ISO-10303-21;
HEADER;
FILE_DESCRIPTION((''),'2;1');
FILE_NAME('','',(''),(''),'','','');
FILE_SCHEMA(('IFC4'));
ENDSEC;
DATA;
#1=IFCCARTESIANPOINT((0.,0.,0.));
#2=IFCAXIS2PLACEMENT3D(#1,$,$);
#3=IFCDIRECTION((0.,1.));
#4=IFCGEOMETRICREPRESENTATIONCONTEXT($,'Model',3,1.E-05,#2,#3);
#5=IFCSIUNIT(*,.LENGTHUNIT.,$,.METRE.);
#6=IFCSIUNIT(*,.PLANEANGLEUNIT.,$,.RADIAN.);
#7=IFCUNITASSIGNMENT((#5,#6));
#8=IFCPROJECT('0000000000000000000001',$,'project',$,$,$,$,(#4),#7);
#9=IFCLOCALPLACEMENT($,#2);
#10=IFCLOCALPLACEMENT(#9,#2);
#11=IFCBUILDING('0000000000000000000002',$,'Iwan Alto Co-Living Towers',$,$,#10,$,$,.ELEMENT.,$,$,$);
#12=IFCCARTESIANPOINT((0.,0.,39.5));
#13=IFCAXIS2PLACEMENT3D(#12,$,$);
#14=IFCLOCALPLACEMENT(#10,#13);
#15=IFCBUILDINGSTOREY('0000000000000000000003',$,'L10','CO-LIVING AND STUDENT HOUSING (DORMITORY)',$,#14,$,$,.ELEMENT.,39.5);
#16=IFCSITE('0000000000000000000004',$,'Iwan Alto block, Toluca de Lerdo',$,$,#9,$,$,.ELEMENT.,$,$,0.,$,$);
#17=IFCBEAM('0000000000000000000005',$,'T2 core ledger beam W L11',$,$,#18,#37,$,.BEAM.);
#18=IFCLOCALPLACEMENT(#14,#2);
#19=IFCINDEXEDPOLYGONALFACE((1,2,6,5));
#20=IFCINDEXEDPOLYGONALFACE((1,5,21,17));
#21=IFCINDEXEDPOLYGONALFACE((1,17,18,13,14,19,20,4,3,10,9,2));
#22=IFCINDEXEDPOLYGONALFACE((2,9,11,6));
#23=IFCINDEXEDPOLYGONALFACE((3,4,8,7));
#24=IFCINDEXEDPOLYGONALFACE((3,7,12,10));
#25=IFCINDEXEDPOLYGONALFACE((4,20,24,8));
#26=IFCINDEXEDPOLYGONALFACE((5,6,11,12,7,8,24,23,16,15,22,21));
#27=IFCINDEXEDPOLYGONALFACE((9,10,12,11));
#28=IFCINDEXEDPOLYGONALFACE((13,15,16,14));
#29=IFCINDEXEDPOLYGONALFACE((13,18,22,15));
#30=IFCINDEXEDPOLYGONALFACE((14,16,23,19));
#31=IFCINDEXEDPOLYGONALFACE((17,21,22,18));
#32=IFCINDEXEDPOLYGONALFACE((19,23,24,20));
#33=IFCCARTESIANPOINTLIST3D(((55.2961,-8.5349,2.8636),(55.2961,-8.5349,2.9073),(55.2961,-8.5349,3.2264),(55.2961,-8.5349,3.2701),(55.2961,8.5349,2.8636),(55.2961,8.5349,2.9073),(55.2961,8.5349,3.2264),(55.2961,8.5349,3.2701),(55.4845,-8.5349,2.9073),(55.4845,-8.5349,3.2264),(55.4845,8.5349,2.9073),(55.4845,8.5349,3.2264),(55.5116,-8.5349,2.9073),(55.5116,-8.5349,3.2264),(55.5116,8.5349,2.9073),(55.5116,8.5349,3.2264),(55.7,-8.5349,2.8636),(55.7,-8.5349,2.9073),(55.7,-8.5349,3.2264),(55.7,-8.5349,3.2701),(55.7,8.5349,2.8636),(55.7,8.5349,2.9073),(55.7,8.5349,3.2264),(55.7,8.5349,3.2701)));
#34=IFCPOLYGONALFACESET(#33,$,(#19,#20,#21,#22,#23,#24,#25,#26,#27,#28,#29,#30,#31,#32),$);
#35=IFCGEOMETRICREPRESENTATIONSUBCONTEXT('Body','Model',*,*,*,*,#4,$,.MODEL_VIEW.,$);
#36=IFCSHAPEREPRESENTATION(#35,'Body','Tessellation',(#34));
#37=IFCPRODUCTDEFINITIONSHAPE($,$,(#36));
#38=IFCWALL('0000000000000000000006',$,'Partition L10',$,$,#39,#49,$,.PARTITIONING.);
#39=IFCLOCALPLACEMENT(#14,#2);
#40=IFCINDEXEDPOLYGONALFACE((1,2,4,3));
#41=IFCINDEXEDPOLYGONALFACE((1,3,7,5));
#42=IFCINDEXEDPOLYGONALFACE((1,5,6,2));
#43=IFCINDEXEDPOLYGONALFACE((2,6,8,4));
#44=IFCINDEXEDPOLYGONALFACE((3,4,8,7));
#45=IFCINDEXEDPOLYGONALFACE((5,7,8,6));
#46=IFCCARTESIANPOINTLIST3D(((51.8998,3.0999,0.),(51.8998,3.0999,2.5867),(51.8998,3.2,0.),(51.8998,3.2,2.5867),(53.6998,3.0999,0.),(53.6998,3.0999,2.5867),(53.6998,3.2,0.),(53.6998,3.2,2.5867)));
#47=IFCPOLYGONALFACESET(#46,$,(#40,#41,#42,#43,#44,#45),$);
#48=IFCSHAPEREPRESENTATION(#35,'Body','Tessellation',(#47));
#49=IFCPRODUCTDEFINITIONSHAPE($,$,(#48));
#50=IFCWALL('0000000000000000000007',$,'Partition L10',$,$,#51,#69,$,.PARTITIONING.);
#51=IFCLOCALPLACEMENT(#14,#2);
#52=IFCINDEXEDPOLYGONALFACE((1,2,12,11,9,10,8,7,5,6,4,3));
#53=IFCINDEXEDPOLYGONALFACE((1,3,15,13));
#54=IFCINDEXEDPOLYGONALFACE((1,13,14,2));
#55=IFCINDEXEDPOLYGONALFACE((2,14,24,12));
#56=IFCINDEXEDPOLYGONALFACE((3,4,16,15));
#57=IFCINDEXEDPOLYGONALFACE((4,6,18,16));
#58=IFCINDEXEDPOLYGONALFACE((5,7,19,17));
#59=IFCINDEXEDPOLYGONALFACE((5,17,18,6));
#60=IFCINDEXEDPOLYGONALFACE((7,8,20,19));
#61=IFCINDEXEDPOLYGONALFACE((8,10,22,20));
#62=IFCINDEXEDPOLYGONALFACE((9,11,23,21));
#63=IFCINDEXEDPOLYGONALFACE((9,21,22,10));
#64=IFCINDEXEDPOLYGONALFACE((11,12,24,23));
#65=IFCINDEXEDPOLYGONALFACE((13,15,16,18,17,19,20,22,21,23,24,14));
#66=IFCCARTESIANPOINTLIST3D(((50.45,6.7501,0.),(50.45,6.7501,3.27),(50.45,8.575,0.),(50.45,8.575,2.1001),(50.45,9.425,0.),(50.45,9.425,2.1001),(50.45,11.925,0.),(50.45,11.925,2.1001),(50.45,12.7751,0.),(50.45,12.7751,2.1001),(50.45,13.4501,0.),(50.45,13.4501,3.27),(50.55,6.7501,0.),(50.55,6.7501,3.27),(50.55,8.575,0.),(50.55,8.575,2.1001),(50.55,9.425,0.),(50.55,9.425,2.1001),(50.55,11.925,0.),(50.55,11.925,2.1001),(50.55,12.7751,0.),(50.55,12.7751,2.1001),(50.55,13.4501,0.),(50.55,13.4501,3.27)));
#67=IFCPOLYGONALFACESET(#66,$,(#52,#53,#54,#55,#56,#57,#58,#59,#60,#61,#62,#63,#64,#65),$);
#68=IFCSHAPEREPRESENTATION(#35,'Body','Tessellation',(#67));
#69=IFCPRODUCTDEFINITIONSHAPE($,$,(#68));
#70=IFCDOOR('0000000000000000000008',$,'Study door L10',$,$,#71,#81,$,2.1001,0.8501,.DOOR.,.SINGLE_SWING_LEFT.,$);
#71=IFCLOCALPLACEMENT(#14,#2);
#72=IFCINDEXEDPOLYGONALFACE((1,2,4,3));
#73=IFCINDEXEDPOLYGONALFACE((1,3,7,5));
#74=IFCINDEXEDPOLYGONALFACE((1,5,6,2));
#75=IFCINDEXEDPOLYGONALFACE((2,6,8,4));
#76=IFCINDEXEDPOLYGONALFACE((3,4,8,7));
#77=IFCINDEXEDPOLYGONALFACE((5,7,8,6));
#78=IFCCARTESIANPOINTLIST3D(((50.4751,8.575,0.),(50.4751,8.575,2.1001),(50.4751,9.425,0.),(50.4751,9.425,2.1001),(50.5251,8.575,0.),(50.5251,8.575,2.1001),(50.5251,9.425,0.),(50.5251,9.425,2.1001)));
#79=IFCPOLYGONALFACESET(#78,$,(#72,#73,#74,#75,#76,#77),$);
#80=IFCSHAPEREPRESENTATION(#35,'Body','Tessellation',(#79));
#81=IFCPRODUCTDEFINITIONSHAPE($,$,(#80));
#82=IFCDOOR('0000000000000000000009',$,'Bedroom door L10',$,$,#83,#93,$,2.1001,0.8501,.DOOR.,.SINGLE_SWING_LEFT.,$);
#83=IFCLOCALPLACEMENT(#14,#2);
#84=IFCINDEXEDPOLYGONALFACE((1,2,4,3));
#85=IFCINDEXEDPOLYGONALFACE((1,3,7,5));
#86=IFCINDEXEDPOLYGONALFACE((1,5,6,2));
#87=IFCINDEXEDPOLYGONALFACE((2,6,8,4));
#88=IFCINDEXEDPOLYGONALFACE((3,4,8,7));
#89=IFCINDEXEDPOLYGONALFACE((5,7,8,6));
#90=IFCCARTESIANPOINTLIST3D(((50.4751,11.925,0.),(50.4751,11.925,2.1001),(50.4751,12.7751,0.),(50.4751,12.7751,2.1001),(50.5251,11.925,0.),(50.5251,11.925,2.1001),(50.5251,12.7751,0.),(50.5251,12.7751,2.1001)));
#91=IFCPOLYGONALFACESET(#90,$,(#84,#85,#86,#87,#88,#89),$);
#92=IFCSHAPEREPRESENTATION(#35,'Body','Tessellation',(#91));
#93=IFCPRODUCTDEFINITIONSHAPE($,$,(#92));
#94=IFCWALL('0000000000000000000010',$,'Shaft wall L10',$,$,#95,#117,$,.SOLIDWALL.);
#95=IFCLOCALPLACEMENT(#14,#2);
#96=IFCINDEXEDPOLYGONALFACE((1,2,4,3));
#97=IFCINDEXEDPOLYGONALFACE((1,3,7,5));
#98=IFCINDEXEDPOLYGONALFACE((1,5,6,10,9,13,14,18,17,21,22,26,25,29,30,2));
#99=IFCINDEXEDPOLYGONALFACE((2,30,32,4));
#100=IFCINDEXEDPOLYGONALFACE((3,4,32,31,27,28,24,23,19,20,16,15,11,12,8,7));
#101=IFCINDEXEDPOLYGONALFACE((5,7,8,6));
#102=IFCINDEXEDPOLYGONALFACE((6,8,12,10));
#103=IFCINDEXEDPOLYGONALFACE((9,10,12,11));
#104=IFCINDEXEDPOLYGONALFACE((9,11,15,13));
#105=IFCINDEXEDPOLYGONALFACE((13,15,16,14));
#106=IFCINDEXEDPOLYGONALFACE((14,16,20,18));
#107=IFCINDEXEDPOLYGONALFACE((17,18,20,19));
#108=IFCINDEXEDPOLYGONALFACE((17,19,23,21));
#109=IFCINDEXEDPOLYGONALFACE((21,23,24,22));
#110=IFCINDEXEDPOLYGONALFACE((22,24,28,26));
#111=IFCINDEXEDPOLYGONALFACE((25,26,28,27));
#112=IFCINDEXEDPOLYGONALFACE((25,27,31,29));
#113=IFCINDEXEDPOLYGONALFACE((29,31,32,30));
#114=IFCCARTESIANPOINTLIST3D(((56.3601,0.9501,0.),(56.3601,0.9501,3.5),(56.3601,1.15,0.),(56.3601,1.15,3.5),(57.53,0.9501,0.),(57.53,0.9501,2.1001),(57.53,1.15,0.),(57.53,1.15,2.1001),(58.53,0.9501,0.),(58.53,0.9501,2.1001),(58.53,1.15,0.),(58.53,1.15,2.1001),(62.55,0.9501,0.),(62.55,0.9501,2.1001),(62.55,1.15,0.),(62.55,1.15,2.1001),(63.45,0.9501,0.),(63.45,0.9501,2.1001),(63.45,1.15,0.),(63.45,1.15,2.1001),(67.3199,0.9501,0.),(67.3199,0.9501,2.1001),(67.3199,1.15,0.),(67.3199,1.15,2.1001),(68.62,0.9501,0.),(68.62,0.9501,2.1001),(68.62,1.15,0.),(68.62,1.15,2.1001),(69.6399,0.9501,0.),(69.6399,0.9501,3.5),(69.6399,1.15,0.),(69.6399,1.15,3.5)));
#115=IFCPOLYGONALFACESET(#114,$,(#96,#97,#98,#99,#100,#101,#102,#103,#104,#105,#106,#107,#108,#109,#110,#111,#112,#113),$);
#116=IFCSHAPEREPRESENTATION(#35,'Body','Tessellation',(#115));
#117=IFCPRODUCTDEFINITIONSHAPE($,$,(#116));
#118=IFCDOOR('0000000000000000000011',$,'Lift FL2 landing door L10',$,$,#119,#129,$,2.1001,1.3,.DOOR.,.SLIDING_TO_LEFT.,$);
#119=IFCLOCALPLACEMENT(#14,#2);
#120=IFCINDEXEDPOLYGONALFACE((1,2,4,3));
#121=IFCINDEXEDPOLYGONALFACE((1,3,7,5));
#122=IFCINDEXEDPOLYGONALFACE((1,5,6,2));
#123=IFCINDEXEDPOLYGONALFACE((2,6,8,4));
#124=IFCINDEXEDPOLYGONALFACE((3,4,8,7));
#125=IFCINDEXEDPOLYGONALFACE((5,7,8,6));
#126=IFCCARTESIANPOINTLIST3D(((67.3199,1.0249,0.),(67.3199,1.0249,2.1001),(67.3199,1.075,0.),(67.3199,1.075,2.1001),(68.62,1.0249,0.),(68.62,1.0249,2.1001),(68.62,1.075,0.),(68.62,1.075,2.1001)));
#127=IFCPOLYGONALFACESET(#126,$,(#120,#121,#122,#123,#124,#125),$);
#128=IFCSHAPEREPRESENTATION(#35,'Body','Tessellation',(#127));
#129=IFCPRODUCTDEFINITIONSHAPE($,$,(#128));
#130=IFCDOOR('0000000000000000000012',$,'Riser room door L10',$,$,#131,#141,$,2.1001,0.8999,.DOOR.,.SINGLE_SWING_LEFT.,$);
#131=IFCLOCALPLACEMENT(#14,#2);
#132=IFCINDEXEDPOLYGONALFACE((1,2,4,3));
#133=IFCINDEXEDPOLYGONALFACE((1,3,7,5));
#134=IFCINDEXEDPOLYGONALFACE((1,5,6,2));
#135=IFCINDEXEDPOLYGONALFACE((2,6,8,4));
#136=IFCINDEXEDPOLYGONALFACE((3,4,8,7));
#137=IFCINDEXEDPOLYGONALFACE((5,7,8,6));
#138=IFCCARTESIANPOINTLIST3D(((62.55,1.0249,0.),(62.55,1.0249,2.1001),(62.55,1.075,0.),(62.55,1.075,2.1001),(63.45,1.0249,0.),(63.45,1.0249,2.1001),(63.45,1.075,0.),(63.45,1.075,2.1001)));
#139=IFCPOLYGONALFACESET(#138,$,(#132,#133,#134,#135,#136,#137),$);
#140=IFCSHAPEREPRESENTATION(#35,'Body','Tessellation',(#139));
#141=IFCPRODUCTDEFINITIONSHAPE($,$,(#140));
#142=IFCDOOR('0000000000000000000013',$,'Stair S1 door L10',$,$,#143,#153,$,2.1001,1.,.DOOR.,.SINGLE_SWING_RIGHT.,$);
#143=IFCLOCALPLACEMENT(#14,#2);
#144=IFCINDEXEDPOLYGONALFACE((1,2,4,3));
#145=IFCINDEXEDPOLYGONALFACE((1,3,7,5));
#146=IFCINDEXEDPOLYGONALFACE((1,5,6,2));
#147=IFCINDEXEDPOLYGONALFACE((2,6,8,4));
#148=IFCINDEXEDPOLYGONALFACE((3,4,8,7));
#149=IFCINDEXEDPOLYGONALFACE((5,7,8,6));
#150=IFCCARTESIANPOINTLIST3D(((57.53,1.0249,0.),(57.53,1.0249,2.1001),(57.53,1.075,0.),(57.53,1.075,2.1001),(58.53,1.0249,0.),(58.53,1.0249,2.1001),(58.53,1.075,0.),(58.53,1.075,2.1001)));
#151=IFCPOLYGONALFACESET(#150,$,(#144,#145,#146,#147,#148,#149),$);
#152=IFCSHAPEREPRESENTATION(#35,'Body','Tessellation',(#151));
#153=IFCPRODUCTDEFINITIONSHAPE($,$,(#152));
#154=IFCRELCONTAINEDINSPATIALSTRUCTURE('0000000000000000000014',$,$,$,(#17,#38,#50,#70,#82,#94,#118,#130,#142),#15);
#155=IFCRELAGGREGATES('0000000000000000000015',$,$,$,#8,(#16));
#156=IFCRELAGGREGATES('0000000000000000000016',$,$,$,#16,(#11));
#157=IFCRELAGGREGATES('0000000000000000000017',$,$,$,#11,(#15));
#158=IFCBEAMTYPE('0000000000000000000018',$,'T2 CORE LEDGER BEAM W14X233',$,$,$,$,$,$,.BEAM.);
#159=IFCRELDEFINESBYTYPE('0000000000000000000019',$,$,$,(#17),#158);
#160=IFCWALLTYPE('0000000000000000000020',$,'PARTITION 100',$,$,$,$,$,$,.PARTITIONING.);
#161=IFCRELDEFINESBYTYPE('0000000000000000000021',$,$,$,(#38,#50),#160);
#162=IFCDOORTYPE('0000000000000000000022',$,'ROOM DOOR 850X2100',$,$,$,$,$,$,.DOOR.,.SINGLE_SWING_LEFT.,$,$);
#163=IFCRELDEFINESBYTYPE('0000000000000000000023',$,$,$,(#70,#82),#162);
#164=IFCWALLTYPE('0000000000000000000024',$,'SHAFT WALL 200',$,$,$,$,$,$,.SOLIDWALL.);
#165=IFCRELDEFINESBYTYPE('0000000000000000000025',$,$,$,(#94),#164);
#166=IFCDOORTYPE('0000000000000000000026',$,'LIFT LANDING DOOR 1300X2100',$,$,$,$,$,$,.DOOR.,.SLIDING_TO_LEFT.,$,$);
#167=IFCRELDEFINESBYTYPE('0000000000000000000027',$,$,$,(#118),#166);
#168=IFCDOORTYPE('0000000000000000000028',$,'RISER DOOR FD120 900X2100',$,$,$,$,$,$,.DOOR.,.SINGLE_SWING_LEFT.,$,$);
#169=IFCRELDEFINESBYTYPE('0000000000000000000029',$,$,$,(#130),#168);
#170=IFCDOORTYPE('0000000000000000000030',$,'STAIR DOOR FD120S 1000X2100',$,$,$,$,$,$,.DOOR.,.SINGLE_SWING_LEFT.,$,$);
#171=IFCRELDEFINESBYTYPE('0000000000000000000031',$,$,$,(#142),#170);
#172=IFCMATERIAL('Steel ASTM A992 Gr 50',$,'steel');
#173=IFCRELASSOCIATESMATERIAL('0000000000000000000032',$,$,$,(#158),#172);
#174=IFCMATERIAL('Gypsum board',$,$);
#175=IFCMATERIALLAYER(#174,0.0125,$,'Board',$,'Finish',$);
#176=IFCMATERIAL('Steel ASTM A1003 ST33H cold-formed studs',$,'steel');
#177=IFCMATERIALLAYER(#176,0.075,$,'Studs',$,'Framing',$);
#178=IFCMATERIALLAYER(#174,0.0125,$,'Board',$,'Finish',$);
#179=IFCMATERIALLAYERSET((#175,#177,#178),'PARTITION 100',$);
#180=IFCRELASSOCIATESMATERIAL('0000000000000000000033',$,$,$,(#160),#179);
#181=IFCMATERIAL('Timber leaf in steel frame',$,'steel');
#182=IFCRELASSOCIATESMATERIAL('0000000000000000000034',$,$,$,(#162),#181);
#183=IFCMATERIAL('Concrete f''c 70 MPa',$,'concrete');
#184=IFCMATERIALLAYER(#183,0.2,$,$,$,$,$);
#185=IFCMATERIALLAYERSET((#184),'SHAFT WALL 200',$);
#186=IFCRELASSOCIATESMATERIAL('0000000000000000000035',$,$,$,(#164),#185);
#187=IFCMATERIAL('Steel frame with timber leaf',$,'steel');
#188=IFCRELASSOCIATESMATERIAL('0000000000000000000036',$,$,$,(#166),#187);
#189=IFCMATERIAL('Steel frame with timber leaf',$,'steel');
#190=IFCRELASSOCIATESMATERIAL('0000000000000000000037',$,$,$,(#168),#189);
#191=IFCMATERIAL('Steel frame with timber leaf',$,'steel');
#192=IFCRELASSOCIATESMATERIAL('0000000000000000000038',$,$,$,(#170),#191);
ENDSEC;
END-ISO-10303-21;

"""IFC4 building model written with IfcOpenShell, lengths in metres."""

from ifc_helpers import new_model, si_unit, direction, frame, frame_2d, origin, origin_2d, place, context, subcontext, project, spatial, rectangle, i_section, extrude, material, layer, layer_set, material_profile, profile_set, type_object, element, fill, save


model = new_model("IFC4")

# Units and contexts
model_context = context("Model", 3, precision=1e-05, world=origin(), true_north=direction((0.0, 1.0)))
body_context = subcontext(model_context, "Body", "Model", "MODEL_VIEW")
ifc_project = project(units=[si_unit("LENGTHUNIT", "METRE"), si_unit("PLANEANGLEUNIT", "RADIAN")], contexts=[model_context])

# Site, building, storey
site_placement = place(None, origin())
site = spatial("IfcSite", under=ifc_project, at=site_placement, Name="Iwan Alto block, Toluca de Lerdo", CompositionType="ELEMENT", RefElevation=0.0)
building_placement = place(site_placement, origin())
building = spatial("IfcBuilding", under=site, at=building_placement, Name="Iwan Alto Co-Living Towers", CompositionType="ELEMENT")
storey_placement = place(building_placement, frame((0.0, 0.0, 39.5)))
storey = spatial("IfcBuildingStorey", under=building, at=storey_placement, Name="L10", Description="CO-LIVING AND STUDENT HOUSING (DORMITORY)", CompositionType="ELEMENT", Elevation=39.5)

# Beam
ifc_material_1 = material(Name="Steel ASTM A992 Gr 50", Category="steel")
ifc_material_profile = material_profile(ifc_material_1, i_section(OverallWidth=0.4038, OverallDepth=0.4065, WebThickness=0.0271, FlangeThickness=0.0437, at=origin_2d()), Name="W14X233")
ifc_profile_set = profile_set([ifc_material_profile], Name="Steel ASTM A992 Gr 50")
beam_type = type_object("IfcBeamType", Name="T2 CORE LEDGER BEAM W14X233", PredefinedType="BEAM", material=ifc_profile_set)
beam_placement = place(storey_placement, frame((55.498, 8.5349, 3.0669), z_axis=(0.0, -1.0, 0.0), x_axis=(1.0, 0.0, 0.0)))
element("IfcBeam", 1, at=beam_placement, inside=storey, type_object=beam_type, Name="T2 core ledger beam W L11", PredefinedType="BEAM", context=body_context, shape_type="SweptSolid", body=[
    extrude(i_section(OverallWidth=0.4038, OverallDepth=0.4065, WebThickness=0.0271, FlangeThickness=0.0437, at=origin_2d()), origin(), (0.0, 0.0, 1.0), 17.0698),
])

# Wall
ifc_material_2 = material(Name="Gypsum board")
ifc_layer_1 = layer(ifc_material_2, 0.0125, Name="Board", Category="Finish")
ifc_material_3 = material(Name="Steel ASTM A1003 ST33H cold-formed studs", Category="steel")
ifc_layer_2 = layer(ifc_material_3, 0.075, Name="Studs", Category="Framing")
ifc_layer_3 = layer(ifc_material_2, 0.0125, Name="Board", Category="Finish")
ifc_layer_set_1 = layer_set([ifc_layer_1, ifc_layer_2, ifc_layer_3], Name="PARTITION 100")
wall_type_1 = type_object("IfcWallType", Name="PARTITION 100", PredefinedType="PARTITIONING", material=ifc_layer_set_1)
wall_1_placement = place(storey_placement, frame((51.8999, 3.1499, 0.0), z_axis=(0.0, 0.0, 1.0), x_axis=(1.0, 0.0, 0.0)))
element("IfcWall", 2, at=wall_1_placement, inside=storey, type_object=wall_type_1, Name="Partition L10", PredefinedType="PARTITIONING", context=body_context, shape_type="SweptSolid", body=[
    extrude(rectangle(XDim=1.8, YDim=0.1001, at=frame_2d((0.8999, 0.0))), origin(), (0.0, 0.0, 1.0), 2.5867),
])

# Walls, openings, doors
wall_2_placement = place(storey_placement, frame((50.5, 6.75, 0.0), z_axis=(0.0, 0.0, 1.0), x_axis=(0.0, 1.0, 0.0)))
wall_2 = element("IfcWall", 3, at=wall_2_placement, inside=storey, type_object=wall_type_1, Name="Partition L10", PredefinedType="PARTITIONING", context=body_context, shape_type="SweptSolid", body=[
    extrude(rectangle(XDim=6.7, YDim=0.1001, at=frame_2d((3.3501, 0.0))), origin(), (0.0, 0.0, 1.0), 3.27),
])
opening_1_placement = place(wall_2_placement, frame((1.825, 0.0, 0.0)))
opening_1 = element("IfcOpeningElement", 4, at=opening_1_placement, cuts=wall_2, PredefinedType="OPENING", context=body_context, shape_type="SweptSolid", body=[
    extrude(rectangle(XDim=0.8501, YDim=2.1001, at=frame_2d((0.425, 1.05))), frame((0.0, 0.0601, 0.0), z_axis=(0.0, -1.0, 0.0), x_axis=(1.0, 0.0, 0.0)), (0.0, 0.0, 1.0), 0.1201),
])
opening_2_placement = place(wall_2_placement, frame((5.175, 0.0, 0.0)))
opening_2 = element("IfcOpeningElement", 5, at=opening_2_placement, cuts=wall_2, PredefinedType="OPENING", context=body_context, shape_type="SweptSolid", body=[
    extrude(rectangle(XDim=0.8501, YDim=2.1001, at=frame_2d((0.425, 1.05))), frame((0.0, 0.0601, 0.0), z_axis=(0.0, -1.0, 0.0), x_axis=(1.0, 0.0, 0.0)), (0.0, 0.0, 1.0), 0.1201),
])
ifc_material_4 = material(Name="Timber leaf in steel frame", Category="steel")
door_type_1 = type_object("IfcDoorType", Name="ROOM DOOR 850X2100", OperationType="SINGLE_SWING_LEFT", PredefinedType="DOOR", material=ifc_material_4)
door_1_placement = place(opening_1_placement, origin())
door_1 = element("IfcDoor", 6, at=door_1_placement, inside=storey, type_object=door_type_1, Name="Study door L10", OperationType="SINGLE_SWING_LEFT", OverallHeight=2.1001, OverallWidth=0.8501, PredefinedType="DOOR", context=body_context, shape_type="SweptSolid", body=[
    extrude(rectangle(XDim=0.8501, YDim=2.1001, at=frame_2d((0.425, 1.05))), frame((0.0, 0.0249, 0.0), z_axis=(0.0, -1.0, 0.0), x_axis=(1.0, 0.0, 0.0)), (0.0, 0.0, 1.0), 0.05),
])
fill(opening_1, door_1)
door_2_placement = place(opening_2_placement, origin())
door_2 = element("IfcDoor", 7, at=door_2_placement, inside=storey, type_object=door_type_1, Name="Bedroom door L10", OperationType="SINGLE_SWING_LEFT", OverallHeight=2.1001, OverallWidth=0.8501, PredefinedType="DOOR", context=body_context, shape_type="SweptSolid", body=[
    extrude(rectangle(XDim=0.8501, YDim=2.1001, at=frame_2d((0.425, 1.05))), frame((0.0, 0.0249, 0.0), z_axis=(0.0, -1.0, 0.0), x_axis=(1.0, 0.0, 0.0)), (0.0, 0.0, 1.0), 0.05),
])
fill(opening_2, door_2)
ifc_material_5 = material(Name="Concrete f'c 70 MPa", Category="concrete")
ifc_layer_4 = layer(ifc_material_5, 0.2)
ifc_layer_set_2 = layer_set([ifc_layer_4], Name="SHAFT WALL 200")
wall_type_2 = type_object("IfcWallType", Name="SHAFT WALL 200", PredefinedType="SOLIDWALL", material=ifc_layer_set_2)
wall_3_placement = place(storey_placement, frame((56.3601, 1.05, 0.0), z_axis=(0.0, 0.0, 1.0), x_axis=(1.0, 0.0, 0.0)))
wall_3 = element("IfcWall", 8, at=wall_3_placement, inside=storey, type_object=wall_type_2, Name="Shaft wall L10", PredefinedType="SOLIDWALL", context=body_context, shape_type="SweptSolid", body=[
    extrude(rectangle(XDim=13.2798, YDim=0.2, at=frame_2d((6.6399, 0.0))), origin(), (0.0, 0.0, 1.0), 3.5),
])
opening_3_placement = place(wall_3_placement, frame((1.1699, 0.0, 0.0)))
opening_3 = element("IfcOpeningElement", 9, at=opening_3_placement, cuts=wall_3, PredefinedType="OPENING", context=body_context, shape_type="SweptSolid", body=[
    extrude(rectangle(XDim=1.0, YDim=2.1001, at=frame_2d((0.5, 1.05))), frame((0.0, 0.1099, 0.0), z_axis=(0.0, -1.0, 0.0), x_axis=(1.0, 0.0, 0.0)), (0.0, 0.0, 1.0), 0.22),
])
opening_4_placement = place(wall_3_placement, frame((6.1899, 0.0, 0.0)))
opening_4 = element("IfcOpeningElement", 10, at=opening_4_placement, cuts=wall_3, PredefinedType="OPENING", context=body_context, shape_type="SweptSolid", body=[
    extrude(rectangle(XDim=0.8999, YDim=2.1001, at=frame_2d((0.45, 1.05))), frame((0.0, 0.1099, 0.0), z_axis=(0.0, -1.0, 0.0), x_axis=(1.0, 0.0, 0.0)), (0.0, 0.0, 1.0), 0.22),
])
opening_5_placement = place(wall_3_placement, frame((10.96, 0.0, 0.0)))
opening_5 = element("IfcOpeningElement", 11, at=opening_5_placement, cuts=wall_3, PredefinedType="OPENING", context=body_context, shape_type="SweptSolid", body=[
    extrude(rectangle(XDim=1.3, YDim=2.1001, at=frame_2d((0.6499, 1.05))), frame((0.0, 0.1099, 0.0), z_axis=(0.0, -1.0, 0.0), x_axis=(1.0, 0.0, 0.0)), (0.0, 0.0, 1.0), 0.22),
])
ifc_material_6 = material(Name="Steel frame with timber leaf", Category="steel")
door_type_2 = type_object("IfcDoorType", Name="LIFT LANDING DOOR 1300X2100", OperationType="SLIDING_TO_LEFT", PredefinedType="DOOR", material=ifc_material_6)
door_3_placement = place(opening_5_placement, origin())
door_3 = element("IfcDoor", 12, at=door_3_placement, inside=storey, type_object=door_type_2, Name="Lift FL2 landing door L10", OperationType="SLIDING_TO_LEFT", OverallHeight=2.1001, OverallWidth=1.3, PredefinedType="DOOR", context=body_context, shape_type="SweptSolid", body=[
    extrude(rectangle(XDim=1.3, YDim=2.1001, at=frame_2d((0.6499, 1.05))), frame((0.0, 0.0249, 0.0), z_axis=(0.0, -1.0, 0.0), x_axis=(1.0, 0.0, 0.0)), (0.0, 0.0, 1.0), 0.05),
])
fill(opening_5, door_3)
ifc_material_7 = material(Name="Steel frame with timber leaf", Category="steel")
door_type_3 = type_object("IfcDoorType", Name="RISER DOOR FD120 900X2100", OperationType="SINGLE_SWING_LEFT", PredefinedType="DOOR", material=ifc_material_7)
door_4_placement = place(opening_4_placement, origin())
door_4 = element("IfcDoor", 13, at=door_4_placement, inside=storey, type_object=door_type_3, Name="Riser room door L10", OperationType="SINGLE_SWING_LEFT", OverallHeight=2.1001, OverallWidth=0.8999, PredefinedType="DOOR", context=body_context, shape_type="SweptSolid", body=[
    extrude(rectangle(XDim=0.8999, YDim=2.1001, at=frame_2d((0.45, 1.05))), frame((0.0, 0.0249, 0.0), z_axis=(0.0, -1.0, 0.0), x_axis=(1.0, 0.0, 0.0)), (0.0, 0.0, 1.0), 0.05),
])
fill(opening_4, door_4)
ifc_material_8 = material(Name="Steel frame with timber leaf", Category="steel")
door_type_4 = type_object("IfcDoorType", Name="STAIR DOOR FD120S 1000X2100", OperationType="SINGLE_SWING_LEFT", PredefinedType="DOOR", material=ifc_material_8)
door_5_placement = place(opening_3_placement, origin())
door_5 = element("IfcDoor", 14, at=door_5_placement, inside=storey, type_object=door_type_4, Name="Stair S1 door L10", OperationType="SINGLE_SWING_RIGHT", OverallHeight=2.1001, OverallWidth=1.0, PredefinedType="DOOR", context=body_context, shape_type="SweptSolid", body=[
    extrude(rectangle(XDim=1.0, YDim=2.1001, at=frame_2d((0.5, 1.05))), frame((0.0, 0.0249, 0.0), z_axis=(0.0, -1.0, 0.0), x_axis=(1.0, 0.0, 0.0)), (0.0, 0.0, 1.0), 0.05),
])
fill(opening_3, door_5)

save(model, "model.ifc")
